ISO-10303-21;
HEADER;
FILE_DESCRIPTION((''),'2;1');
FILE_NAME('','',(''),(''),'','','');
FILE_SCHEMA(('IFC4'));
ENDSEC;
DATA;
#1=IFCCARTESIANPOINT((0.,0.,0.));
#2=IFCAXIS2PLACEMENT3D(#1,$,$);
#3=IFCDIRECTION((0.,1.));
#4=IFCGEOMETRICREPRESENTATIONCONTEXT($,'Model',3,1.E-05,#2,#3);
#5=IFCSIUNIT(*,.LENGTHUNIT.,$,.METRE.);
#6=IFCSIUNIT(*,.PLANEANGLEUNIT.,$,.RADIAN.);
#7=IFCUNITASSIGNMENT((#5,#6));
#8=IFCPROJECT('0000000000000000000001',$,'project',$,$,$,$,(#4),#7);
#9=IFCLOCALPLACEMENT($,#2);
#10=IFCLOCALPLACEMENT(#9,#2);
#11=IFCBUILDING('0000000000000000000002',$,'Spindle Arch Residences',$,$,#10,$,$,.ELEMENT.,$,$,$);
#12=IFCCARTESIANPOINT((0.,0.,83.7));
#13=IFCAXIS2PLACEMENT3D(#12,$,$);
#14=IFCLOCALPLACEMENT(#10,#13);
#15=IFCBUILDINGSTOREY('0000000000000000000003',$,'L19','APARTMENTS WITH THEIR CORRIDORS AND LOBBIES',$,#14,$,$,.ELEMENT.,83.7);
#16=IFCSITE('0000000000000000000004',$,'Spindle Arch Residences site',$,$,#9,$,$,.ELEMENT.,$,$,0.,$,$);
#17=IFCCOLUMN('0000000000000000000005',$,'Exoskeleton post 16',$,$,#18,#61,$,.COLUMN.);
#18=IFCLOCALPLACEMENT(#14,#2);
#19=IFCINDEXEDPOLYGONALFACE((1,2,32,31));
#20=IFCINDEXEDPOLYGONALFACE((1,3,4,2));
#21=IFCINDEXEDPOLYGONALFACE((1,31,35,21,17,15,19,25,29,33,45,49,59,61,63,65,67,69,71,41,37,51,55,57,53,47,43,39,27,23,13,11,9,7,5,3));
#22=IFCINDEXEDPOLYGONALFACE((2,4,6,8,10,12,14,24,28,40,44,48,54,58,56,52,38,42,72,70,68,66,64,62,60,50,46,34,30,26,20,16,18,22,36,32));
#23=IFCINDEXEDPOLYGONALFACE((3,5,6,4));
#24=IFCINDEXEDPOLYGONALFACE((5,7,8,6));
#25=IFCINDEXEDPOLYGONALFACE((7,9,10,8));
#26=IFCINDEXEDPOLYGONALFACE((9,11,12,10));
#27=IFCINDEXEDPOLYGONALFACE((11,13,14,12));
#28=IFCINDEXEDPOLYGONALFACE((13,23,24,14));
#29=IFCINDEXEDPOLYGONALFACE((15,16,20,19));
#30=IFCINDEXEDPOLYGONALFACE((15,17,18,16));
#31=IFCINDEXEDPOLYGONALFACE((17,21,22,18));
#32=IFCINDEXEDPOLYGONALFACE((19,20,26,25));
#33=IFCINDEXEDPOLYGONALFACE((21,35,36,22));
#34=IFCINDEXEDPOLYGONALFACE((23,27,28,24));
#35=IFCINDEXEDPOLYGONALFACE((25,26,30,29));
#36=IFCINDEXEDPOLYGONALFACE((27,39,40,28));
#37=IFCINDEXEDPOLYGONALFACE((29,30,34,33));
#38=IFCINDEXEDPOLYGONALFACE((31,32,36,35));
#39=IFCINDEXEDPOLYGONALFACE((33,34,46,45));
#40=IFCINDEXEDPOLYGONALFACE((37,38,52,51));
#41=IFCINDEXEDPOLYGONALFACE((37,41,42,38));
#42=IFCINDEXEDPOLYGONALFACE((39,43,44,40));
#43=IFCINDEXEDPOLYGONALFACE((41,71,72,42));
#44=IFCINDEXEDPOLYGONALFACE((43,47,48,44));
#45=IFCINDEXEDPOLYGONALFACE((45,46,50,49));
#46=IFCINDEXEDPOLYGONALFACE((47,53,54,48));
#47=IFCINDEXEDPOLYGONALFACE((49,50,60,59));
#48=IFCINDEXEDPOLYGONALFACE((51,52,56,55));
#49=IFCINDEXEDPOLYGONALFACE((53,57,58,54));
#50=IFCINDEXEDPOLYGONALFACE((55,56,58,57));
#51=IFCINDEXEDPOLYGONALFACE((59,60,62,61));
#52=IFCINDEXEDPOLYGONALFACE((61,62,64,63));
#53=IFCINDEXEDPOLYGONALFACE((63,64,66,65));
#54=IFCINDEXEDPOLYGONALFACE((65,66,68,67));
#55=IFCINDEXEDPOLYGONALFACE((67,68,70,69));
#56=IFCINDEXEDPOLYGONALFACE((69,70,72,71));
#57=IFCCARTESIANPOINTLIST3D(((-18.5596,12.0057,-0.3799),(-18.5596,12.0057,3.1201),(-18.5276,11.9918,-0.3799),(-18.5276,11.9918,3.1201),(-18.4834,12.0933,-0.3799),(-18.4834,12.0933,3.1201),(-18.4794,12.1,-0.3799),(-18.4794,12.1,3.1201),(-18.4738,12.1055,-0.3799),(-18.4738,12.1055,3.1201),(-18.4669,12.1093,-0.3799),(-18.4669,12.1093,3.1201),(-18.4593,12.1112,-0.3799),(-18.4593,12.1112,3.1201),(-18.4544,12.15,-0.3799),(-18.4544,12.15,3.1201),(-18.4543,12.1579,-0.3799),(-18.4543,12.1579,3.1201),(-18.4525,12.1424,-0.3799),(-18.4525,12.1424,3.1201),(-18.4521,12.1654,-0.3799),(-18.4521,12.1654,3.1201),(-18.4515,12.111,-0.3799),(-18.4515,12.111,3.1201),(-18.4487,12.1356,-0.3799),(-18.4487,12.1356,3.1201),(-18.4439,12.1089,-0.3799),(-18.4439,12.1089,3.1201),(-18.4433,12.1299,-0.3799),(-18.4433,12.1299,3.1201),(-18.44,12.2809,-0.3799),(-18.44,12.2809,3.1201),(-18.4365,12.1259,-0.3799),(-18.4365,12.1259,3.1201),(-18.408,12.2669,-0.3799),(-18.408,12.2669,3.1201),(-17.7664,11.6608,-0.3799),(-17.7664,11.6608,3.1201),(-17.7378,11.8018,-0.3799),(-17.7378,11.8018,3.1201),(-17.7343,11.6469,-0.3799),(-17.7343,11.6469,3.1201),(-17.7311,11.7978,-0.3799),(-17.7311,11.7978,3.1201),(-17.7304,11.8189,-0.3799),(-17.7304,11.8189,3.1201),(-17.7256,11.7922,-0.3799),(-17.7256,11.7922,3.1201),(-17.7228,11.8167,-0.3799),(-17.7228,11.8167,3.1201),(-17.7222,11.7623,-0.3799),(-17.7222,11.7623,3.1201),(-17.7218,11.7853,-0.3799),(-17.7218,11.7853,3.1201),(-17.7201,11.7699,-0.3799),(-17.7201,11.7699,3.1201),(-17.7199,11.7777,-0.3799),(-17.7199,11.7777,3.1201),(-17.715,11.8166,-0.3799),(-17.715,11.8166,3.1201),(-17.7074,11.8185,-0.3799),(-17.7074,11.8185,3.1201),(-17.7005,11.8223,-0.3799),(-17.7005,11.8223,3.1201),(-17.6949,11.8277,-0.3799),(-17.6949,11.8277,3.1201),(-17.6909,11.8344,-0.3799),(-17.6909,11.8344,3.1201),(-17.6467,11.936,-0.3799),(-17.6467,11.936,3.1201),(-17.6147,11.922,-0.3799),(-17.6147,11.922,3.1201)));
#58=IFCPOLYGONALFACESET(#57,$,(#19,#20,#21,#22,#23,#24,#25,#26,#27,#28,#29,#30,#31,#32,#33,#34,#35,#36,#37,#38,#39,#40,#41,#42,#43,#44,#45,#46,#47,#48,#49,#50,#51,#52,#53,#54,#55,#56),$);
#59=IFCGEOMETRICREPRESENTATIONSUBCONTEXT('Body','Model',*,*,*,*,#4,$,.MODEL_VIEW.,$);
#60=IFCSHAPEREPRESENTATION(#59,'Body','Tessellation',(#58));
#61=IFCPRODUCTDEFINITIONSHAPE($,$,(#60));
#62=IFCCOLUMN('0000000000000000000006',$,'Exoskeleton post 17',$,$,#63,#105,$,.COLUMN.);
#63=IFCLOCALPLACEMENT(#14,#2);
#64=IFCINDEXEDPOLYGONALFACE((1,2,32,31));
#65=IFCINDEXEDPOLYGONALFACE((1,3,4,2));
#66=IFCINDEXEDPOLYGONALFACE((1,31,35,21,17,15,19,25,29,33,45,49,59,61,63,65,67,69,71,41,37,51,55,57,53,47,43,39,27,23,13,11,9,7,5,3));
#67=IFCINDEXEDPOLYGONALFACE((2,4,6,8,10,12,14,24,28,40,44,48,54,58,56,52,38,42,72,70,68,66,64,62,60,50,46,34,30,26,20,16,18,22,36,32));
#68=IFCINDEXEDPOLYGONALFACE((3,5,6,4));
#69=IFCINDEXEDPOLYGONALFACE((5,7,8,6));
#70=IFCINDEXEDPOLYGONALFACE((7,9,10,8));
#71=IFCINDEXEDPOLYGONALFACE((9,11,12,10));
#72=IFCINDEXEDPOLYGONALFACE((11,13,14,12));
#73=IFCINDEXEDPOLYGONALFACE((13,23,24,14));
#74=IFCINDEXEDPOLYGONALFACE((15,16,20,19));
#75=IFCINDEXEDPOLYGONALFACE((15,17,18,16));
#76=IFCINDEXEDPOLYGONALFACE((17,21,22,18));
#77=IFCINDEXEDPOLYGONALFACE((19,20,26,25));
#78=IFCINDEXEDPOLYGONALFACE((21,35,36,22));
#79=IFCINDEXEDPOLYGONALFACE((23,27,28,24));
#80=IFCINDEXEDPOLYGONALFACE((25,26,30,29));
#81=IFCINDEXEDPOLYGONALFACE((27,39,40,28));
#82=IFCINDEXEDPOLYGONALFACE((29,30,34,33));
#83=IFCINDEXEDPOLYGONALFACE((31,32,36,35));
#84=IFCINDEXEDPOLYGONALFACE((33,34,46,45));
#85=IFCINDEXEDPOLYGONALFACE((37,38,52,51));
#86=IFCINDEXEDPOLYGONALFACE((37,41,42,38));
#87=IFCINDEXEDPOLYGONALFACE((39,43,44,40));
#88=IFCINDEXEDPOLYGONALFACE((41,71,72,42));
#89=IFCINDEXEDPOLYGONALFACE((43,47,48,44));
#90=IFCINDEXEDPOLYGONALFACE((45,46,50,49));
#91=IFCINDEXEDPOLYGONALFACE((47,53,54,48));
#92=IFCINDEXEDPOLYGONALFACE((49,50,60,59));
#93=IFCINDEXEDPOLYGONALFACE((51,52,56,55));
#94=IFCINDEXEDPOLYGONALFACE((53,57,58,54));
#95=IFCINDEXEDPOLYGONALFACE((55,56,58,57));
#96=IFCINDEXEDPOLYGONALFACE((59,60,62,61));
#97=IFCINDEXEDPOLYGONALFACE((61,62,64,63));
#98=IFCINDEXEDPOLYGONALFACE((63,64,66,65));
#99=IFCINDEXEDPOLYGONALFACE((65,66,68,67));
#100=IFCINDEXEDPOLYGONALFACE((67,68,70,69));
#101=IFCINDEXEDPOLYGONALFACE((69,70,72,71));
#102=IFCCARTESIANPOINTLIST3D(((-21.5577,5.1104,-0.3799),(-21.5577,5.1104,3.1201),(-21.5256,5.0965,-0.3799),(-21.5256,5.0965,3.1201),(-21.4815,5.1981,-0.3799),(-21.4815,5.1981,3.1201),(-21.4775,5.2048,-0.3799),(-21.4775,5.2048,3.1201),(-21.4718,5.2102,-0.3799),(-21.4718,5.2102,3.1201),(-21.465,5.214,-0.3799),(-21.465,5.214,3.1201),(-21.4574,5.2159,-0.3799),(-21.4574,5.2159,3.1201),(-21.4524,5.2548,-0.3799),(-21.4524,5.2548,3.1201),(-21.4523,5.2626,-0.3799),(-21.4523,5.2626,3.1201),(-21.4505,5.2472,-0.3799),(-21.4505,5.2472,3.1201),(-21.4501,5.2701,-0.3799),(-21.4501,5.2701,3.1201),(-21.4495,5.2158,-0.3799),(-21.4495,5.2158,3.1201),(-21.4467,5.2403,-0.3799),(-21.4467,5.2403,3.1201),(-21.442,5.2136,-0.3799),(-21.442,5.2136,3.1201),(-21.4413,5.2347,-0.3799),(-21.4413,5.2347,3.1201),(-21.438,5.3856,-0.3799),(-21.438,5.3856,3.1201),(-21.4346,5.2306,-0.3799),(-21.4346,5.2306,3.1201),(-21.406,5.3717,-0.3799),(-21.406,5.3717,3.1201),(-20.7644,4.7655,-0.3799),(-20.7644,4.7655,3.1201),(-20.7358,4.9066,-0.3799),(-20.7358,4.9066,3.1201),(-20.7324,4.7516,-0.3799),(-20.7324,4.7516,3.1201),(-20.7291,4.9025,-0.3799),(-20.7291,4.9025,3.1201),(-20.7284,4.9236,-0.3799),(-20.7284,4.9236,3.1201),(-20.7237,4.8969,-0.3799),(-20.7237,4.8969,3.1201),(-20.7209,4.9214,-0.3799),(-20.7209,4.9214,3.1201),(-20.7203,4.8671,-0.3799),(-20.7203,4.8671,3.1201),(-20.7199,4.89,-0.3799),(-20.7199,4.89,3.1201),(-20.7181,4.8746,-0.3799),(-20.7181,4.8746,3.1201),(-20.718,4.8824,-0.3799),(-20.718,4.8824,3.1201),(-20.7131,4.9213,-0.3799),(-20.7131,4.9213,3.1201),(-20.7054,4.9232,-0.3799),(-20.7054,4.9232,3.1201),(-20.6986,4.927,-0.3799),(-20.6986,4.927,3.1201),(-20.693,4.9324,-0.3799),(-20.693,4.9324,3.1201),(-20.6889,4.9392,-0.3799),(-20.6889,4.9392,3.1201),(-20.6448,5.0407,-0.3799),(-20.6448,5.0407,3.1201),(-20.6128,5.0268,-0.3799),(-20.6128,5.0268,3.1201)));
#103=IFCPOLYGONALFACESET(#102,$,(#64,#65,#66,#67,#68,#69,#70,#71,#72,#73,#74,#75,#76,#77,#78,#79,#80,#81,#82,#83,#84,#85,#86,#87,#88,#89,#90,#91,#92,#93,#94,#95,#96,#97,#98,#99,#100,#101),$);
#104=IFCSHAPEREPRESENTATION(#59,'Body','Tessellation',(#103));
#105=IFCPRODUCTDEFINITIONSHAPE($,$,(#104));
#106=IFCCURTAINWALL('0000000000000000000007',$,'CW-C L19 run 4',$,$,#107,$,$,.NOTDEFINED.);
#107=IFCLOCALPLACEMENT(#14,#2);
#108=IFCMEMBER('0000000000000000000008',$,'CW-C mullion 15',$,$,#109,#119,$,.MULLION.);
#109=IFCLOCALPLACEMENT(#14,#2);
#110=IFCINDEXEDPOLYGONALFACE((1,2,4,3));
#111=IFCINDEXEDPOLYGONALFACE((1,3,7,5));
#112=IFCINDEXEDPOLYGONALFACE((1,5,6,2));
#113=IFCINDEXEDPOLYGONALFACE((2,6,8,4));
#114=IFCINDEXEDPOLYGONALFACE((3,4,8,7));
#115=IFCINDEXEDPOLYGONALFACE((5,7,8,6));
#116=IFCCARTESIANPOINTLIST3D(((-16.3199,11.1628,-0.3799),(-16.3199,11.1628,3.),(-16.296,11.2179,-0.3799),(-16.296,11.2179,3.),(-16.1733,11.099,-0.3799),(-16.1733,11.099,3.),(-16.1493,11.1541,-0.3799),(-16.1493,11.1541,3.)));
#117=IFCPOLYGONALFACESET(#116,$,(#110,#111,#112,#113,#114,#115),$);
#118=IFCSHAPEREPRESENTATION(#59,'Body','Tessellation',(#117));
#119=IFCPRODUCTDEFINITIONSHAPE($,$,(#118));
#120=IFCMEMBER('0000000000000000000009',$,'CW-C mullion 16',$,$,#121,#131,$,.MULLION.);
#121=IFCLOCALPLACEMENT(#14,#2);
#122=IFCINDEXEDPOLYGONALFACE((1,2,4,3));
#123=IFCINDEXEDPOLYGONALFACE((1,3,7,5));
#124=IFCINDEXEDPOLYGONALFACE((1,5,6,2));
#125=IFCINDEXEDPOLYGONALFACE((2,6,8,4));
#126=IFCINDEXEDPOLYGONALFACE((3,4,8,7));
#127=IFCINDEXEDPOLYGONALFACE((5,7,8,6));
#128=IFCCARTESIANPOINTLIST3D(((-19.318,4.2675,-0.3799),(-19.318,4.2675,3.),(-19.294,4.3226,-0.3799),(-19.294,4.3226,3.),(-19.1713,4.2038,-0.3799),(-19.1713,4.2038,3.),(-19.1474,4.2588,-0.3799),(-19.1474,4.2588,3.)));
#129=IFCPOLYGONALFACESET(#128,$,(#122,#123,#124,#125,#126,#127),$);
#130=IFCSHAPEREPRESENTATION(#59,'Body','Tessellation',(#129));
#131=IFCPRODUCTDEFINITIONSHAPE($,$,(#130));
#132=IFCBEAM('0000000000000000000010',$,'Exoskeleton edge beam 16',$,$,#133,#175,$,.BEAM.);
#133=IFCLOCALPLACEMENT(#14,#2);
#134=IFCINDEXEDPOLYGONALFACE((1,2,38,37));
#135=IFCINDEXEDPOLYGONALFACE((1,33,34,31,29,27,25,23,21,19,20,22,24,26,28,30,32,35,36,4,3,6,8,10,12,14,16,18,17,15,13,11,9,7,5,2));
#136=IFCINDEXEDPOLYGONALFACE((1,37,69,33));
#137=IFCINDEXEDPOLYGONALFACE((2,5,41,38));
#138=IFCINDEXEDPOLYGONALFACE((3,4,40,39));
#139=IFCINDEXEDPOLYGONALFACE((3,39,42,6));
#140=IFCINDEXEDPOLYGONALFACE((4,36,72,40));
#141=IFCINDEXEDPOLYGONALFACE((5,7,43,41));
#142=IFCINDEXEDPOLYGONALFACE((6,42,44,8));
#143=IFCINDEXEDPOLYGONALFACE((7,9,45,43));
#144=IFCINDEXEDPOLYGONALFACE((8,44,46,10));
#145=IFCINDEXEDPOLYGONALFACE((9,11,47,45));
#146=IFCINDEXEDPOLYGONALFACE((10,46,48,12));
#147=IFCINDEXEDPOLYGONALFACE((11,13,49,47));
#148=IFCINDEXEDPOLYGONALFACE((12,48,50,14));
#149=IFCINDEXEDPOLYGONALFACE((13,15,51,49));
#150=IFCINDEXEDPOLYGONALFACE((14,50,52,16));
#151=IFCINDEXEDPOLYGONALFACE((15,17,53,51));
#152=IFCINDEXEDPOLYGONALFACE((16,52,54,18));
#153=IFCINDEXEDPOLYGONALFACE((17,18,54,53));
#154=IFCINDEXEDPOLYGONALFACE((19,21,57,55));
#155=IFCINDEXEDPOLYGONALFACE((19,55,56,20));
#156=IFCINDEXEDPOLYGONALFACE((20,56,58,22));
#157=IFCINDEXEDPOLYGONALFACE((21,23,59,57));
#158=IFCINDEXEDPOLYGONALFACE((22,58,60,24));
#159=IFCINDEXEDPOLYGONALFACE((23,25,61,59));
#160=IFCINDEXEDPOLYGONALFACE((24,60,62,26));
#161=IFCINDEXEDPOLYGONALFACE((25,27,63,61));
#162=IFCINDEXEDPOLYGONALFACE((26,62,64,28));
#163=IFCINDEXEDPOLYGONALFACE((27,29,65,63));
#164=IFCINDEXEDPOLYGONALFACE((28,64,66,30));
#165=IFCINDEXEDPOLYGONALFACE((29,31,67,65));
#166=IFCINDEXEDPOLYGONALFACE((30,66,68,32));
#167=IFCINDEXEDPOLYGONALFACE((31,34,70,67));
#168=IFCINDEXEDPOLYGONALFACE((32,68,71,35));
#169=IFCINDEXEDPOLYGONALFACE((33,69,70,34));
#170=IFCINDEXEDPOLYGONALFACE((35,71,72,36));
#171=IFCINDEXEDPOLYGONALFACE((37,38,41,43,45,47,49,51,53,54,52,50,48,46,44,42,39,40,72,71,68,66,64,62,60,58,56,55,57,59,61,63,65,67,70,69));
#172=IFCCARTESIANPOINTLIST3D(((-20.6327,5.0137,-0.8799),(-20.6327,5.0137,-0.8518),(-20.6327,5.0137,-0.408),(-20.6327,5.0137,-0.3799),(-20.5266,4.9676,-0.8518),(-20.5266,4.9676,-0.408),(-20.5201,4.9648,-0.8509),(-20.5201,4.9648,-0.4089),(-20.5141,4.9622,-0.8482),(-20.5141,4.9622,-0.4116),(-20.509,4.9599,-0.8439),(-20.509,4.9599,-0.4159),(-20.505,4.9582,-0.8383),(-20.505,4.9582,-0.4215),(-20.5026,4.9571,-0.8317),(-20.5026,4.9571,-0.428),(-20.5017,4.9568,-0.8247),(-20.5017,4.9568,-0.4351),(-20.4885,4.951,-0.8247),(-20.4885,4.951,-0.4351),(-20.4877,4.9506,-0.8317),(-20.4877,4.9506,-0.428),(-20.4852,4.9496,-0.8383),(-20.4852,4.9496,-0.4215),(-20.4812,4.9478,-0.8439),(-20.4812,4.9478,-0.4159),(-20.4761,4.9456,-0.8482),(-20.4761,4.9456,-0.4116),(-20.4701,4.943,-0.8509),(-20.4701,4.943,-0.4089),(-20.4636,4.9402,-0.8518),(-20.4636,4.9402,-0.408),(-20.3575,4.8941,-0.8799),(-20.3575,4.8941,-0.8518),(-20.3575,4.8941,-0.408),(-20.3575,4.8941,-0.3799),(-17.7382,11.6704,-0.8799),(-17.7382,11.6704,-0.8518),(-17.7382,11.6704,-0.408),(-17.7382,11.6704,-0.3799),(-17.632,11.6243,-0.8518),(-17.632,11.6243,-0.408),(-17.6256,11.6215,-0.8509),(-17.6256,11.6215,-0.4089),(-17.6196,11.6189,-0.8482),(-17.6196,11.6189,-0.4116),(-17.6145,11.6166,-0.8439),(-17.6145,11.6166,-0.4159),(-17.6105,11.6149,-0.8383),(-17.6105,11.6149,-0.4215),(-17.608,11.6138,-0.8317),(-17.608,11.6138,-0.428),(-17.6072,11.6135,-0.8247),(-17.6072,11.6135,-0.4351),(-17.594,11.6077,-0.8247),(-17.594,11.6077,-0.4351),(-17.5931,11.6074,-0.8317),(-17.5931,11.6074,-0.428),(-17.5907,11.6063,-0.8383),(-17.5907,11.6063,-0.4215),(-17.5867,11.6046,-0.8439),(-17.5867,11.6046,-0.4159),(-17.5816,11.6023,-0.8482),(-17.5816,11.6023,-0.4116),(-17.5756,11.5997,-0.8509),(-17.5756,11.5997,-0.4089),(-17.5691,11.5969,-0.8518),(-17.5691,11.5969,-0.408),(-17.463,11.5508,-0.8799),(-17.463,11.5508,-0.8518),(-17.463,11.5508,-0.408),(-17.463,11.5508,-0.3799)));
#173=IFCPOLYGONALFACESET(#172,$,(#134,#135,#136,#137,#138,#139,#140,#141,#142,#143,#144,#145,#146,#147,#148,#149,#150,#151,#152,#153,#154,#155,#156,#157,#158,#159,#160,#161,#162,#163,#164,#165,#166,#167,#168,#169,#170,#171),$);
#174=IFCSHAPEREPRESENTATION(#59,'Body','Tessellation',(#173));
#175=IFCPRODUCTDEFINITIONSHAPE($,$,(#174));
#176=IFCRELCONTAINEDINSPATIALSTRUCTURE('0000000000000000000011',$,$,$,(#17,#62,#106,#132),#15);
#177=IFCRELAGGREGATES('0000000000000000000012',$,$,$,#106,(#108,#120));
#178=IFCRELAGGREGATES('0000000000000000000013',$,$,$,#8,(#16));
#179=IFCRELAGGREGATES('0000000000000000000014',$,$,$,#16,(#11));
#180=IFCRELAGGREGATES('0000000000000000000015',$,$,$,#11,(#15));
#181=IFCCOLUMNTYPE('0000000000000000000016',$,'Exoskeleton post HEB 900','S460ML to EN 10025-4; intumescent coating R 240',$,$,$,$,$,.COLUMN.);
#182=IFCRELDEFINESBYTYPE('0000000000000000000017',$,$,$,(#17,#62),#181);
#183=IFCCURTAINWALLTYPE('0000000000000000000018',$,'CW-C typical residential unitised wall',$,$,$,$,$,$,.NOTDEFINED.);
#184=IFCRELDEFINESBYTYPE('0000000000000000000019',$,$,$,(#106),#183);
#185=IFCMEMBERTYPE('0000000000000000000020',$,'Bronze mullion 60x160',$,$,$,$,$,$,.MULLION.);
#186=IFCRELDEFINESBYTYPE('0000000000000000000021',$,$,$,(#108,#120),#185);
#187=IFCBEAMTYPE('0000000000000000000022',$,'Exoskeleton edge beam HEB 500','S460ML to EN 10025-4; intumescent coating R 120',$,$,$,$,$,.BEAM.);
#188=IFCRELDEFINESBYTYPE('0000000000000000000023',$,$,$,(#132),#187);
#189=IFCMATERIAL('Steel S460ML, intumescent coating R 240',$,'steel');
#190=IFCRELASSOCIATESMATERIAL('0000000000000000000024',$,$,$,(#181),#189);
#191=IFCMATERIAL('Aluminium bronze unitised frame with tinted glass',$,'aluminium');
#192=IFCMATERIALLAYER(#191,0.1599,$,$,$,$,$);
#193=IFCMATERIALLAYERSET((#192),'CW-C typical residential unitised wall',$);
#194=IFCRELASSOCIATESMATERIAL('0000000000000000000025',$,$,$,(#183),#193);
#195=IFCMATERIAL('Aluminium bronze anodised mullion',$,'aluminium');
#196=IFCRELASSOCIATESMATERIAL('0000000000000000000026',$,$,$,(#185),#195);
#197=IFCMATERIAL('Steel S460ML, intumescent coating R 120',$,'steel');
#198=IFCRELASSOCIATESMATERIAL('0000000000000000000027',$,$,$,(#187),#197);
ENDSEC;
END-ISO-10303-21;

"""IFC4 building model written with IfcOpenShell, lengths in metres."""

from ifc_helpers import new_model, si_unit, direction, frame, origin, origin_2d, place, context, subcontext, project, spatial, rectangle, i_section, extrude, material, layer, layer_set, material_profile, profile_set, type_object, element, aggregate, save


model = new_model("IFC4")

# Units and contexts
model_context = context("Model", 3, precision=1e-05, world=origin(), true_north=direction((0.0, 1.0)))
body_context = subcontext(model_context, "Body", "Model", "MODEL_VIEW")
ifc_project = project(units=[si_unit("LENGTHUNIT", "METRE"), si_unit("PLANEANGLEUNIT", "RADIAN")], contexts=[model_context])

# Site, building, storey
site_placement = place(None, origin())
site = spatial("IfcSite", under=ifc_project, at=site_placement, Name="Spindle Arch Residences site", CompositionType="ELEMENT", RefElevation=0.0)
building_placement = place(site_placement, origin())
building = spatial("IfcBuilding", under=site, at=building_placement, Name="Spindle Arch Residences", CompositionType="ELEMENT")
storey_placement = place(building_placement, frame((0.0, 0.0, 83.7)))
storey = spatial("IfcBuildingStorey", under=building, at=storey_placement, Name="L19", Description="APARTMENTS WITH THEIR CORRIDORS AND LOBBIES", CompositionType="ELEMENT", Elevation=83.7)

# Columns
ifc_material_1 = material(Name="Steel S460ML, intumescent coating R 240", Category="steel")
ifc_material_profile_1 = material_profile(ifc_material_1, i_section(OverallWidth=0.3, OverallDepth=0.8999, WebThickness=0.0186, FlangeThickness=0.0349, FilletRadius=0.03, at=origin_2d()), Name="HEB 900")
ifc_profile_set_1 = profile_set([ifc_material_profile_1], Name="Steel S460ML, intumescent coating R 240")
column_type = type_object("IfcColumnType", Name="Exoskeleton post HEB 900", Description="S460ML to EN 10025-4; intumescent coating R 240", PredefinedType="COLUMN", material=ifc_profile_set_1)
for number, where, z_axis, x_axis, name in (
    (1, (-18.0872, 11.9639, -0.3799), (0.0, 0.0, 1.0), (0.398749, 0.91706, 0.0), "Exoskeleton post 16"),
    (2, (-21.0852, 5.0686, -0.3799), (0.0, 0.0, 1.0), (0.398749, 0.91706, 0.0), "Exoskeleton post 17"),
):
    element("IfcColumn", number, at=place(storey_placement, frame(where, z_axis=z_axis, x_axis=x_axis)), inside=storey, type_object=column_type, Name=name, PredefinedType="COLUMN", context=body_context, shape_type="SweptSolid", body=[
        extrude(i_section(OverallWidth=0.3, OverallDepth=0.8999, WebThickness=0.0186, FlangeThickness=0.0349, FilletRadius=0.03, at=origin_2d()), origin(), (0.0, 0.0, 1.0), 3.5),
    ])

# Curtain wall, members
ifc_material_2 = material(Name="Aluminium bronze unitised frame with tinted glass", Category="aluminium")
ifc_layer_1 = layer(ifc_material_2, 0.1599)
ifc_layer_set_1 = layer_set([ifc_layer_1], Name="CW-C typical residential unitised wall")
curtain_wall_type = type_object("IfcCurtainWallType", Name="CW-C typical residential unitised wall", PredefinedType="NOTDEFINED", material=ifc_layer_set_1)
curtain_wall_placement = place(storey_placement, origin())
curtain_wall = element("IfcCurtainWall", 3, at=curtain_wall_placement, inside=storey, type_object=curtain_wall_type, Name="CW-C L19 run 4", PredefinedType="NOTDEFINED")
ifc_material_3 = material(Name="Aluminium bronze anodised mullion", Category="aluminium")
ifc_material_profile_2 = material_profile(ifc_material_3, rectangle(XDim=0.1599, YDim=0.0601, at=origin_2d()), Name="MU 60x160")
ifc_profile_set_2 = profile_set([ifc_material_profile_2], Name="Aluminium bronze anodised mullion")
member_type = type_object("IfcMemberType", Name="Bronze mullion 60x160", PredefinedType="MULLION", material=ifc_profile_set_2)
member_1_placement = place(storey_placement, frame((-16.2346, 11.1584, -0.3799), z_axis=(0.0, 0.0, 1.0), x_axis=(0.91706, -0.398749, 0.0)))
member_1 = element("IfcMember", 4, at=member_1_placement, type_object=member_type, Name="CW-C mullion 15", PredefinedType="MULLION", context=body_context, shape_type="SweptSolid", body=[
    extrude(rectangle(XDim=0.1599, YDim=0.0601, at=origin_2d()), origin(), (0.0, 0.0, 1.0), 3.3799),
])
member_2_placement = place(storey_placement, frame((-19.2327, 4.2632, -0.3799), z_axis=(0.0, 0.0, 1.0), x_axis=(0.91706, -0.398749, 0.0)))
member_2 = element("IfcMember", 5, at=member_2_placement, type_object=member_type, Name="CW-C mullion 16", PredefinedType="MULLION", context=body_context, shape_type="SweptSolid", body=[
    extrude(rectangle(XDim=0.1599, YDim=0.0601, at=origin_2d()), origin(), (0.0, 0.0, 1.0), 3.3799),
])

# Beam
ifc_material_4 = material(Name="Steel S460ML, intumescent coating R 120", Category="steel")
ifc_material_profile_3 = material_profile(ifc_material_4, i_section(OverallWidth=0.3, OverallDepth=0.5, WebThickness=0.0144, FlangeThickness=0.0281, FilletRadius=0.0271, at=origin_2d()), Name="HEB 500")
ifc_profile_set_3 = profile_set([ifc_material_profile_3], Name="Steel S460ML, intumescent coating R 120")
beam_type_1 = type_object("IfcBeamType", Name="Exoskeleton edge beam HEB 500", Description="S460ML to EN 10025-4; intumescent coating R 120", PredefinedType="BEAM", material=ifc_profile_set_3)
for number, where, z_axis, x_axis, name in (
    (6, (-17.6006, 11.6106, -0.6299), (-0.398761, -0.917055, 0.0), (0.917055, -0.398761, 0.0), "Exoskeleton edge beam 16"),
):
    element("IfcBeam", number, at=place(storey_placement, frame(where, z_axis=z_axis, x_axis=x_axis)), inside=storey, type_object=beam_type_1, Name=name, PredefinedType="BEAM", context=body_context, shape_type="SweptSolid", body=[
        extrude(i_section(OverallWidth=0.3, OverallDepth=0.5, WebThickness=0.0144, FlangeThickness=0.0281, FilletRadius=0.0271, at=origin_2d()), origin(), (0.0, 0.0, 1.0), 7.2588),
    ])

aggregate(curtain_wall, [member_1, member_2])

save(model, "model.ifc")
